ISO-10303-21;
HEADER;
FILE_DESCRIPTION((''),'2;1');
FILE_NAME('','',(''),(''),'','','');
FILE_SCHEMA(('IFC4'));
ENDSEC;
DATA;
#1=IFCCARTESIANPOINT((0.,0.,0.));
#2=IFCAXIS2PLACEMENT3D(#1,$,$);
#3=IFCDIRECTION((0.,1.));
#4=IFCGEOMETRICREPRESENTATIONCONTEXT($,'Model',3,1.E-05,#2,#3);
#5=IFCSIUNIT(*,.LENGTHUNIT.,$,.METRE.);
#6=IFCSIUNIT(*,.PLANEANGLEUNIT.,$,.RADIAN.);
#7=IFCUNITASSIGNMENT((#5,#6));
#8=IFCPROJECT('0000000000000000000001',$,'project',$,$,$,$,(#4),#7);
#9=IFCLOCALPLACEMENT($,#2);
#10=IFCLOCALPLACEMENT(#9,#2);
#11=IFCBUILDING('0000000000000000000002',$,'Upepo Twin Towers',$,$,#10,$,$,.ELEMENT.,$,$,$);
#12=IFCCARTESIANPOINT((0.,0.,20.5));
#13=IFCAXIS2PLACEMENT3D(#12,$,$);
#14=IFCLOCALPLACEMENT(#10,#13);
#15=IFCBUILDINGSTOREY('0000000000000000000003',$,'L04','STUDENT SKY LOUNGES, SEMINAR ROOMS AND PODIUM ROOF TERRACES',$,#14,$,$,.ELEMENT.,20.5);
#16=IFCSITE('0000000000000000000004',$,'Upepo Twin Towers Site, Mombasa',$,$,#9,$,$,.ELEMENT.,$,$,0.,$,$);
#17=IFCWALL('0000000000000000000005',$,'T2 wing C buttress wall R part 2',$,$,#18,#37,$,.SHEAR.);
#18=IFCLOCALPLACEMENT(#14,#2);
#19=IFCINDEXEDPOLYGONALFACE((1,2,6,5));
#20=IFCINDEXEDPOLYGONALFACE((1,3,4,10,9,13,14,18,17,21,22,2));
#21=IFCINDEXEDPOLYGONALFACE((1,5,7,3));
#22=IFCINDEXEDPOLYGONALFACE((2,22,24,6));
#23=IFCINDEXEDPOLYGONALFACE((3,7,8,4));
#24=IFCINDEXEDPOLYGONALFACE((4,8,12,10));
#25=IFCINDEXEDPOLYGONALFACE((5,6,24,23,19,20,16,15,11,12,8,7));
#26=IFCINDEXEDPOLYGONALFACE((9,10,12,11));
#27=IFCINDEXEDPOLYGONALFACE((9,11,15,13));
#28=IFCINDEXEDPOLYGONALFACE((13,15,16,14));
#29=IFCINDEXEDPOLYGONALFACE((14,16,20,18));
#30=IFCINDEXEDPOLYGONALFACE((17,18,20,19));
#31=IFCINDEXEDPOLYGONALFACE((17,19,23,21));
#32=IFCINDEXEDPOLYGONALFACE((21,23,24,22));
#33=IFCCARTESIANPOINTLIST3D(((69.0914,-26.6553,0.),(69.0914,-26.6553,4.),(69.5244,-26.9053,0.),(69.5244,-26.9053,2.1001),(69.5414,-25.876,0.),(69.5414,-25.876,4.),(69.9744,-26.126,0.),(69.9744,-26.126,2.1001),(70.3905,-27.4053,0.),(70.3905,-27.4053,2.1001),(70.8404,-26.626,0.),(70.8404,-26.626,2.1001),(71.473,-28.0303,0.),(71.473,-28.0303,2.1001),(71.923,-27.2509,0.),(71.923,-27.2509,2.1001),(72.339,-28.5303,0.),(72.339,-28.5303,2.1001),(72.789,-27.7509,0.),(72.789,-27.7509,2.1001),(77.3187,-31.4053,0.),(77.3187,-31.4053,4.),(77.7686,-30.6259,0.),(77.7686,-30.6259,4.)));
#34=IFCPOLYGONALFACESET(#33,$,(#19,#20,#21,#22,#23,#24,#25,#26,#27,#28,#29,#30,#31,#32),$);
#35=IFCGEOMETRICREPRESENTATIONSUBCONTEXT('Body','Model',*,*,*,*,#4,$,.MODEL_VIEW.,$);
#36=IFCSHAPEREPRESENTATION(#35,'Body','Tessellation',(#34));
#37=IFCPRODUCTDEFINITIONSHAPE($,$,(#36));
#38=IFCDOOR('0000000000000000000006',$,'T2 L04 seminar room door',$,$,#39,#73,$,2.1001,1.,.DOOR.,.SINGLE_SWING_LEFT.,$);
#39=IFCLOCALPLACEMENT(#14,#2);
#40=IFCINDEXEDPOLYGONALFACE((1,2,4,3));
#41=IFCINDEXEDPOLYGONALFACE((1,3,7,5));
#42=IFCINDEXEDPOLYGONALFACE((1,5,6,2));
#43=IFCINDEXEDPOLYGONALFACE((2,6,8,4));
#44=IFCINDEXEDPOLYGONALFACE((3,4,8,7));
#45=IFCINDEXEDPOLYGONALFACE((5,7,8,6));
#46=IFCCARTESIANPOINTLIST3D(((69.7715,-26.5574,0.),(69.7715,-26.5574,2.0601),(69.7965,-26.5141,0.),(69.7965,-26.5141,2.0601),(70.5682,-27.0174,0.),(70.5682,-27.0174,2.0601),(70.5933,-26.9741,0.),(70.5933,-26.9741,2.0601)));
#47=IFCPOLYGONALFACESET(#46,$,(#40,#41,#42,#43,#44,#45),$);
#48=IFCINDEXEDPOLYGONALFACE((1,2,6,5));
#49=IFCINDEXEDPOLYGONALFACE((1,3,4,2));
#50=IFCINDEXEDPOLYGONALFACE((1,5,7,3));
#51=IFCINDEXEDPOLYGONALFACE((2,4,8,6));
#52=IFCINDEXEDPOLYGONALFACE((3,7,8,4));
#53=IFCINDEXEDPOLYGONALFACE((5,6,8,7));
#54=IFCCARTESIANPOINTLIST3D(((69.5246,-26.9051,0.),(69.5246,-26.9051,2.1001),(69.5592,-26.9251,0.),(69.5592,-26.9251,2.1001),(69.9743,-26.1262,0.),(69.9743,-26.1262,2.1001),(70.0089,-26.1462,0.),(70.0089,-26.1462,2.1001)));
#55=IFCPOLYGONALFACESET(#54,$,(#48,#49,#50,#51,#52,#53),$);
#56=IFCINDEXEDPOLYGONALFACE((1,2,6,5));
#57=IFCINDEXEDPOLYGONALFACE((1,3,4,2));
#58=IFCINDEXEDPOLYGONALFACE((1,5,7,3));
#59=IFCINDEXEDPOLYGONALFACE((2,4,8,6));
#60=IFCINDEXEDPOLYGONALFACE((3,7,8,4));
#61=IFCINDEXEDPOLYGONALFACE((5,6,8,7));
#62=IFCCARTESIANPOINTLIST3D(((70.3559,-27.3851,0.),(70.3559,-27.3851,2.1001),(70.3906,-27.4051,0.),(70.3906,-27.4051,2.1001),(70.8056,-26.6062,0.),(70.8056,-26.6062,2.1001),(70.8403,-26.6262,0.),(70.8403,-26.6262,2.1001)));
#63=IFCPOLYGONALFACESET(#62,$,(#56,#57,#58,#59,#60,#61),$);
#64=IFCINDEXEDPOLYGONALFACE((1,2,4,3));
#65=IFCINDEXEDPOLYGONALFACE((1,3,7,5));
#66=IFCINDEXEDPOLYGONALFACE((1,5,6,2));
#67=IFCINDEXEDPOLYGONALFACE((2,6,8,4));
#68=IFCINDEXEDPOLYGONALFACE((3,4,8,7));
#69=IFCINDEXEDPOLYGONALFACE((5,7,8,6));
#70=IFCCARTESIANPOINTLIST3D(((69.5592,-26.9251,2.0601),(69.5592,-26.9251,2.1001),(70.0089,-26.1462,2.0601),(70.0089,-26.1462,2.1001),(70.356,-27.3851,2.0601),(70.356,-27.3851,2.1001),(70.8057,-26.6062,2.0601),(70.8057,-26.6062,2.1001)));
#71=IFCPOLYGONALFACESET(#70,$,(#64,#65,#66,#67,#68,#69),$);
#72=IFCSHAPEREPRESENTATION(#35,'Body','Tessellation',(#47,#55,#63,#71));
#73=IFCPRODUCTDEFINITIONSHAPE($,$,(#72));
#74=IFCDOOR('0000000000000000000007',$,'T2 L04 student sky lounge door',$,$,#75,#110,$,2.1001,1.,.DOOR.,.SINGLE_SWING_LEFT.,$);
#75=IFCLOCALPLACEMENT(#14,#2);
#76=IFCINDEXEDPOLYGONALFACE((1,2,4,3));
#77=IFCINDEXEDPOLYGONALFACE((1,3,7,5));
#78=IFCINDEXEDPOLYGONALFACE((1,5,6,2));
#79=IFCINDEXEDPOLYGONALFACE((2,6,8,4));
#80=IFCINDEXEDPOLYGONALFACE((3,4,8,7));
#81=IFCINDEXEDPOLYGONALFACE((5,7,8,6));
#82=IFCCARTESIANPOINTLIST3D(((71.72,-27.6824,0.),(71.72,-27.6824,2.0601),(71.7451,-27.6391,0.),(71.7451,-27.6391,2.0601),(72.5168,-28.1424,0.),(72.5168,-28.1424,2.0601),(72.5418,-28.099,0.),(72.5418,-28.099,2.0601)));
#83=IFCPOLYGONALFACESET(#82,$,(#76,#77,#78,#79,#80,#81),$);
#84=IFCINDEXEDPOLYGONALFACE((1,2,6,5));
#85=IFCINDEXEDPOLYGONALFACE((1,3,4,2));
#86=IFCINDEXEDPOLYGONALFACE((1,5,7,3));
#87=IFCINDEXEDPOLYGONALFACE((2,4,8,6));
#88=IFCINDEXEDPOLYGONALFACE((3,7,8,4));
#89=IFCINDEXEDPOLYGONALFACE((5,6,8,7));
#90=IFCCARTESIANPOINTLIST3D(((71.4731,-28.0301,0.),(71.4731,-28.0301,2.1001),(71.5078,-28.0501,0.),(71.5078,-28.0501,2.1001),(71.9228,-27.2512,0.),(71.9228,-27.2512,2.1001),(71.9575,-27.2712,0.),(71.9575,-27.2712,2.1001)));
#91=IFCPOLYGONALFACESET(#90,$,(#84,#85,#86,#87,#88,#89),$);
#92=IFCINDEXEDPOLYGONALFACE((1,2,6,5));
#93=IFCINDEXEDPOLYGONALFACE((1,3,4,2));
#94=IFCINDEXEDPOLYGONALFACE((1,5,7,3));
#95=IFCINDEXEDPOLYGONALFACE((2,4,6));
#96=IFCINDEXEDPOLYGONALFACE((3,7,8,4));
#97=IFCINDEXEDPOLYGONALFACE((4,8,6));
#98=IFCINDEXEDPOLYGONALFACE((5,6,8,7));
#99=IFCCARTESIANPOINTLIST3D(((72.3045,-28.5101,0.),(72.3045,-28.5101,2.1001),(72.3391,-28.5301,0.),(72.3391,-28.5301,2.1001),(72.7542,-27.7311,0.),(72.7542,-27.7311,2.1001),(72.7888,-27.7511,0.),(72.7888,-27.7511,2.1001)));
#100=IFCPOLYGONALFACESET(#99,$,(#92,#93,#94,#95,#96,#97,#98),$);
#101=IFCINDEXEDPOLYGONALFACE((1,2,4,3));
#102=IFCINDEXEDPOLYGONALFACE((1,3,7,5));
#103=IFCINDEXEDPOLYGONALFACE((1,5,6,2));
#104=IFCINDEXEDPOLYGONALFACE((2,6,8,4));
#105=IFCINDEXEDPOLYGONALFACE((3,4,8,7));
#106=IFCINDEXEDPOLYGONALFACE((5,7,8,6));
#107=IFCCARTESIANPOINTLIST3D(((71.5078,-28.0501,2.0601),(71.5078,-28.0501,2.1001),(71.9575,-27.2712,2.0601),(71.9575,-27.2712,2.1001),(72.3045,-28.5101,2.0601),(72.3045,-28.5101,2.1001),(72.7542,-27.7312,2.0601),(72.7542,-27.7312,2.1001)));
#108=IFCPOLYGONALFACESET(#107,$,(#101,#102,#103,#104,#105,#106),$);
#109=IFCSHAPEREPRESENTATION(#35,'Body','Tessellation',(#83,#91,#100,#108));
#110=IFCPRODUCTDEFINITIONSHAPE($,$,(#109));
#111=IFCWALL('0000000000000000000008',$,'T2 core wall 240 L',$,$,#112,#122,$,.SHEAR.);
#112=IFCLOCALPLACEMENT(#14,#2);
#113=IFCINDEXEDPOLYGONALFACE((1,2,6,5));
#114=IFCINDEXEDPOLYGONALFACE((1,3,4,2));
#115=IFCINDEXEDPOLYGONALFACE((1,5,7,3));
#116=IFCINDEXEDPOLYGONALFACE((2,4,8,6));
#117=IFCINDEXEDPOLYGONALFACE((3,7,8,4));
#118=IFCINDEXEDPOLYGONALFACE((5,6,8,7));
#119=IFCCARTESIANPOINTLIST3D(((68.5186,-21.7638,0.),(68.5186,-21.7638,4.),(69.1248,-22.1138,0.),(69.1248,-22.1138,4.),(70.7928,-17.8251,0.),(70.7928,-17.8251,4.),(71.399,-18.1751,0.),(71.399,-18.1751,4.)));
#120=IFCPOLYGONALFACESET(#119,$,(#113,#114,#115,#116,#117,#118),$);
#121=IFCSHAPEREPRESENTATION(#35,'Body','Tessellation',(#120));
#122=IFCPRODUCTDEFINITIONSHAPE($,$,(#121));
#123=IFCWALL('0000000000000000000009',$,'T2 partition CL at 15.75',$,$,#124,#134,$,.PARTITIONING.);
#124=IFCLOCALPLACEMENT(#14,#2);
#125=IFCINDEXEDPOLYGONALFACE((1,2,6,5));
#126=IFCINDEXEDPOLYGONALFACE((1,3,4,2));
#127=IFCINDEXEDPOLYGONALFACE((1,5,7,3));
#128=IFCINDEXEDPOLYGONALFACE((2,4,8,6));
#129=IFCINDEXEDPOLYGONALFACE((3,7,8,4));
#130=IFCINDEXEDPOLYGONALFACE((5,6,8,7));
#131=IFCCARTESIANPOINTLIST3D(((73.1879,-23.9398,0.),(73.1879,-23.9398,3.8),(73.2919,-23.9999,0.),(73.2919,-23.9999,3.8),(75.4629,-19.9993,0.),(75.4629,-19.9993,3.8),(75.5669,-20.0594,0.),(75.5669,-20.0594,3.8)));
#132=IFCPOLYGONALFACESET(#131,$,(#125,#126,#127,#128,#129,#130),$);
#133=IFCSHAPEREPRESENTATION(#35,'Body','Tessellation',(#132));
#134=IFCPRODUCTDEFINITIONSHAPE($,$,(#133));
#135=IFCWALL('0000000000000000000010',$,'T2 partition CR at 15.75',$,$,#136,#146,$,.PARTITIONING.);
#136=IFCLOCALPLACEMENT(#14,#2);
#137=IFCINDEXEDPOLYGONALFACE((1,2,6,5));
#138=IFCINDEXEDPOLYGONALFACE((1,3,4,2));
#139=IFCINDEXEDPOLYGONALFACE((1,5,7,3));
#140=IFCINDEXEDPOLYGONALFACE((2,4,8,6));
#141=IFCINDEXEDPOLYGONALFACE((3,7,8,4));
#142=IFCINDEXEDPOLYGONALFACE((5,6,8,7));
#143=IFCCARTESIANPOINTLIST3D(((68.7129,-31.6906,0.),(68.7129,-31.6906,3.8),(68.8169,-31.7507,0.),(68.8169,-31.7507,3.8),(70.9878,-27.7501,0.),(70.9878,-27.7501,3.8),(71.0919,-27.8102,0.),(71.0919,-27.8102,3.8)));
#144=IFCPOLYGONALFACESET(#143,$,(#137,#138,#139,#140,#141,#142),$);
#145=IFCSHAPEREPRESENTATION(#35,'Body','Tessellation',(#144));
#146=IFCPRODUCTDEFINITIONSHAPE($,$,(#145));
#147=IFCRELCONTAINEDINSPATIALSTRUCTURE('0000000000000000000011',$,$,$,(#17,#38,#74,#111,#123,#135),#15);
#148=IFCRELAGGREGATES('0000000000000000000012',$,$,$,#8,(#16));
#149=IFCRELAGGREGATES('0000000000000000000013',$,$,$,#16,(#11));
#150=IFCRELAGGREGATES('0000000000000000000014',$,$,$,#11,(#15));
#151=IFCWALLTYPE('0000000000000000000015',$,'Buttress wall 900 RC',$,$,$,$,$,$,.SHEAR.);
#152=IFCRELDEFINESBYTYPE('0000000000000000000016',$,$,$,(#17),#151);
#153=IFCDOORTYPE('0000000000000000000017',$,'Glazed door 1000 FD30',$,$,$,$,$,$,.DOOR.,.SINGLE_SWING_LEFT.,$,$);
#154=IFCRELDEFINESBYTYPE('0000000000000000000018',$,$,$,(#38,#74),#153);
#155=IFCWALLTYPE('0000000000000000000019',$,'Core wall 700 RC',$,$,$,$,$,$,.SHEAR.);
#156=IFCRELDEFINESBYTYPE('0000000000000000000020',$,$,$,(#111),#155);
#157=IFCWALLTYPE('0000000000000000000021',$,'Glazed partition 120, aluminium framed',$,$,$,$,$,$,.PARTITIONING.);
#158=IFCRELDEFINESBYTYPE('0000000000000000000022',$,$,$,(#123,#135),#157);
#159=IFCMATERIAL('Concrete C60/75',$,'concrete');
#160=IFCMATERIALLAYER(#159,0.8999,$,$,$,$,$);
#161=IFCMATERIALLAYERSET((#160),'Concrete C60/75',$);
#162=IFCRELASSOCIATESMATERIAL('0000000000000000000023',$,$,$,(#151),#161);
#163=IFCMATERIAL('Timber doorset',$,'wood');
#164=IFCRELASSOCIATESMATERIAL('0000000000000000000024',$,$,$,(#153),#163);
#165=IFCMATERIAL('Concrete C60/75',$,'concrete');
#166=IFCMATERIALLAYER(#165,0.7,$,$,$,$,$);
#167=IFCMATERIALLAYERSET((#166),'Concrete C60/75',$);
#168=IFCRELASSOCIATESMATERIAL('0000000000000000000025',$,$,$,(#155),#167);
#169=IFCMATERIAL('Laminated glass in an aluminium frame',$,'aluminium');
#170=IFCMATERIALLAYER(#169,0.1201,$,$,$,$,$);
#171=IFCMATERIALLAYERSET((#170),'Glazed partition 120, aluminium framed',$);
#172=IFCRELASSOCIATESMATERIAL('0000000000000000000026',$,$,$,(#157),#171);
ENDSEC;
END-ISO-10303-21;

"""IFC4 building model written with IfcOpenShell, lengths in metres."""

from ifc_helpers import new_model, si_unit, direction, frame, frame_2d, origin, place, context, subcontext, project, spatial, rectangle, extrude, material, layer, layer_set, type_object, element, fill, save


model = new_model("IFC4")

# Units and contexts
model_context = context("Model", 3, precision=1e-05, world=origin(), true_north=direction((0.0, 1.0)))
body_context = subcontext(model_context, "Body", "Model", "MODEL_VIEW")
ifc_project = project(units=[si_unit("LENGTHUNIT", "METRE"), si_unit("PLANEANGLEUNIT", "RADIAN")], contexts=[model_context])

# Site, building, storey
site_placement = place(None, origin())
site = spatial("IfcSite", under=ifc_project, at=site_placement, Name="Upepo Twin Towers Site, Mombasa", CompositionType="ELEMENT", RefElevation=0.0)
building_placement = place(site_placement, origin())
building = spatial("IfcBuilding", under=site, at=building_placement, Name="Upepo Twin Towers", CompositionType="ELEMENT")
storey_placement = place(building_placement, frame((0.0, 0.0, 20.5)))
storey = spatial("IfcBuildingStorey", under=building, at=storey_placement, Name="L04", Description="STUDENT SKY LOUNGES, SEMINAR ROOMS AND PODIUM ROOF TERRACES", CompositionType="ELEMENT", Elevation=20.5)

# Wall, openings, doors
ifc_material_1 = material(Name="Concrete C60/75", Category="concrete")
ifc_layer_1 = layer(ifc_material_1, 0.8999)
ifc_layer_set_1 = layer_set([ifc_layer_1], Name="Concrete C60/75")
wall_type_1 = type_object("IfcWallType", Name="Buttress wall 900 RC", PredefinedType="SHEAR", material=ifc_layer_set_1)
ifc_material_2 = material(Name="Timber doorset", Category="wood")
door_type = type_object("IfcDoorType", Name="Glazed door 1000 FD30", OperationType="SINGLE_SWING_LEFT", PredefinedType="DOOR", material=ifc_material_2)
wall_1_placement = place(storey_placement, frame((69.3164, -26.2656, 0.0), z_axis=(0.0, 0.0, 1.0), x_axis=(0.866027, -0.499998, 0.0)))
wall_1 = element("IfcWall", 1, at=wall_1_placement, inside=storey, type_object=wall_type_1, Name="T2 wing C buttress wall R part 2", PredefinedType="SHEAR", context=body_context, shape_type="SweptSolid", body=[
    extrude(rectangle(XDim=9.5, YDim=0.8999, at=frame_2d((4.75, 0.0))), origin(), (0.0, 0.0, 1.0), 4.0),
])
opening_1_placement = place(wall_1_placement, frame((0.5, 0.0, 0.0)))
opening_1 = element("IfcOpeningElement", 2, at=opening_1_placement, cuts=wall_1, PredefinedType="OPENING", context=body_context, shape_type="SweptSolid", body=[
    extrude(rectangle(XDim=1.0, YDim=2.1001, at=frame_2d((0.5, 1.05))), frame((0.0, 0.46, 0.0), z_axis=(0.0, -1.0, 0.0), x_axis=(1.0, 0.0, 0.0)), (0.0, 0.0, 1.0), 0.9199),
])
opening_2_placement = place(wall_1_placement, frame((2.75, 0.0, 0.0)))
opening_2 = element("IfcOpeningElement", 3, at=opening_2_placement, cuts=wall_1, PredefinedType="OPENING", context=body_context, shape_type="SweptSolid", body=[
    extrude(rectangle(XDim=1.0, YDim=2.1001, at=frame_2d((0.5, 1.05))), frame((0.0, 0.46, 0.0), z_axis=(0.0, -1.0, 0.0), x_axis=(1.0, 0.0, 0.0)), (0.0, 0.0, 1.0), 0.9199),
])
door_1_placement = place(opening_1_placement, origin())
door_1 = element("IfcDoor", 4, at=door_1_placement, inside=storey, type_object=door_type, Name="T2 L04 seminar room door", OperationType="SINGLE_SWING_LEFT", OverallHeight=2.1001, OverallWidth=1.0, PredefinedType="DOOR", context=body_context, shape_type="SweptSolid", body=[
    extrude(rectangle(XDim=0.92, YDim=2.0601, at=frame_2d((0.5, 1.03))), frame((0.0, 0.0249, 0.0), z_axis=(0.0, -1.0, 0.0), x_axis=(1.0, 0.0, 0.0)), (0.0, 0.0, 1.0), 0.05),
    extrude(rectangle(XDim=0.04, YDim=2.1001, at=frame_2d((0.02, 1.05))), frame((0.0, 0.4497, 0.0), z_axis=(0.0, -1.0, 0.0), x_axis=(1.0, 0.0, 0.0)), (0.0, 0.0, 1.0), 0.8994),
    extrude(rectangle(XDim=0.04, YDim=2.1001, at=frame_2d((0.98, 1.05))), frame((0.0, 0.4497, 0.0), z_axis=(0.0, -1.0, 0.0), x_axis=(1.0, 0.0, 0.0)), (0.0, 0.0, 1.0), 0.8994),
    extrude(rectangle(XDim=0.92, YDim=0.04, at=frame_2d((0.5, 2.0801))), frame((0.0, 0.4497, 0.0), z_axis=(0.0, -1.0, 0.0), x_axis=(1.0, 0.0, 0.0)), (0.0, 0.0, 1.0), 0.8994),
])
fill(opening_1, door_1)
door_2_placement = place(opening_2_placement, origin())
door_2 = element("IfcDoor", 5, at=door_2_placement, inside=storey, type_object=door_type, Name="T2 L04 student sky lounge door", OperationType="SINGLE_SWING_LEFT", OverallHeight=2.1001, OverallWidth=1.0, PredefinedType="DOOR", context=body_context, shape_type="SweptSolid", body=[
    extrude(rectangle(XDim=0.92, YDim=2.0601, at=frame_2d((0.5, 1.03))), frame((0.0, 0.0249, 0.0), z_axis=(0.0, -1.0, 0.0), x_axis=(1.0, 0.0, 0.0)), (0.0, 0.0, 1.0), 0.05),
    extrude(rectangle(XDim=0.04, YDim=2.1001, at=frame_2d((0.02, 1.05))), frame((0.0, 0.4497, 0.0), z_axis=(0.0, -1.0, 0.0), x_axis=(1.0, 0.0, 0.0)), (0.0, 0.0, 1.0), 0.8994),
    extrude(rectangle(XDim=0.04, YDim=2.1001, at=frame_2d((0.98, 1.05))), frame((0.0, 0.4497, 0.0), z_axis=(0.0, -1.0, 0.0), x_axis=(1.0, 0.0, 0.0)), (0.0, 0.0, 1.0), 0.8994),
    extrude(rectangle(XDim=0.92, YDim=0.04, at=frame_2d((0.5, 2.0801))), frame((0.0, 0.4497, 0.0), z_axis=(0.0, -1.0, 0.0), x_axis=(1.0, 0.0, 0.0)), (0.0, 0.0, 1.0), 0.8994),
])
fill(opening_2, door_2)

# Walls
ifc_material_3 = material(Name="Concrete C60/75", Category="concrete")
ifc_layer_2 = layer(ifc_material_3, 0.7)
ifc_layer_set_2 = layer_set([ifc_layer_2], Name="Concrete C60/75")
wall_type_2 = type_object("IfcWallType", Name="Core wall 700 RC", PredefinedType="SHEAR", material=ifc_layer_set_2)
wall_2_placement = place(storey_placement, frame((68.8218, -21.9387, 0.0), z_axis=(0.0, 0.0, 1.0), x_axis=(0.500024, 0.866011, 0.0)))
element("IfcWall", 6, at=wall_2_placement, inside=storey, type_object=wall_type_2, Name="T2 core wall 240 L", PredefinedType="SHEAR", context=body_context, shape_type="SweptSolid", body=[
    extrude(rectangle(XDim=4.5481, YDim=0.7, at=frame_2d((2.2739, 0.0))), origin(), (0.0, 0.0, 1.0), 4.0),
])
ifc_material_4 = material(Name="Laminated glass in an aluminium frame", Category="aluminium")
ifc_layer_3 = layer(ifc_material_4, 0.1201)
ifc_layer_set_3 = layer_set([ifc_layer_3], Name="Glazed partition 120, aluminium framed")
wall_type_3 = type_object("IfcWallType", Name="Glazed partition 120, aluminium framed", PredefinedType="PARTITIONING", material=ifc_layer_set_3)
for number, where, z_axis, x_axis, name in (
    (7, (73.24, -23.9697, 0.0), (0.0, 0.0, 1.0), (0.499983, 0.866035, 0.0), "T2 partition CL at 15.75"),
    (8, (71.0398, -27.7803, 0.0), (0.0, 0.0, 1.0), (-0.499983, -0.866035, 0.0), "T2 partition CR at 15.75"),
):
    element("IfcWall", number, at=place(storey_placement, frame(where, z_axis=z_axis, x_axis=x_axis)), inside=storey, type_object=wall_type_3, Name=name, PredefinedType="PARTITIONING", context=body_context, shape_type="SweptSolid", body=[
        extrude(rectangle(XDim=4.55, YDim=0.1201, at=frame_2d((2.2749, 0.0))), origin(), (0.0, 0.0, 1.0), 3.8),
    ])

save(model, "model.ifc")
